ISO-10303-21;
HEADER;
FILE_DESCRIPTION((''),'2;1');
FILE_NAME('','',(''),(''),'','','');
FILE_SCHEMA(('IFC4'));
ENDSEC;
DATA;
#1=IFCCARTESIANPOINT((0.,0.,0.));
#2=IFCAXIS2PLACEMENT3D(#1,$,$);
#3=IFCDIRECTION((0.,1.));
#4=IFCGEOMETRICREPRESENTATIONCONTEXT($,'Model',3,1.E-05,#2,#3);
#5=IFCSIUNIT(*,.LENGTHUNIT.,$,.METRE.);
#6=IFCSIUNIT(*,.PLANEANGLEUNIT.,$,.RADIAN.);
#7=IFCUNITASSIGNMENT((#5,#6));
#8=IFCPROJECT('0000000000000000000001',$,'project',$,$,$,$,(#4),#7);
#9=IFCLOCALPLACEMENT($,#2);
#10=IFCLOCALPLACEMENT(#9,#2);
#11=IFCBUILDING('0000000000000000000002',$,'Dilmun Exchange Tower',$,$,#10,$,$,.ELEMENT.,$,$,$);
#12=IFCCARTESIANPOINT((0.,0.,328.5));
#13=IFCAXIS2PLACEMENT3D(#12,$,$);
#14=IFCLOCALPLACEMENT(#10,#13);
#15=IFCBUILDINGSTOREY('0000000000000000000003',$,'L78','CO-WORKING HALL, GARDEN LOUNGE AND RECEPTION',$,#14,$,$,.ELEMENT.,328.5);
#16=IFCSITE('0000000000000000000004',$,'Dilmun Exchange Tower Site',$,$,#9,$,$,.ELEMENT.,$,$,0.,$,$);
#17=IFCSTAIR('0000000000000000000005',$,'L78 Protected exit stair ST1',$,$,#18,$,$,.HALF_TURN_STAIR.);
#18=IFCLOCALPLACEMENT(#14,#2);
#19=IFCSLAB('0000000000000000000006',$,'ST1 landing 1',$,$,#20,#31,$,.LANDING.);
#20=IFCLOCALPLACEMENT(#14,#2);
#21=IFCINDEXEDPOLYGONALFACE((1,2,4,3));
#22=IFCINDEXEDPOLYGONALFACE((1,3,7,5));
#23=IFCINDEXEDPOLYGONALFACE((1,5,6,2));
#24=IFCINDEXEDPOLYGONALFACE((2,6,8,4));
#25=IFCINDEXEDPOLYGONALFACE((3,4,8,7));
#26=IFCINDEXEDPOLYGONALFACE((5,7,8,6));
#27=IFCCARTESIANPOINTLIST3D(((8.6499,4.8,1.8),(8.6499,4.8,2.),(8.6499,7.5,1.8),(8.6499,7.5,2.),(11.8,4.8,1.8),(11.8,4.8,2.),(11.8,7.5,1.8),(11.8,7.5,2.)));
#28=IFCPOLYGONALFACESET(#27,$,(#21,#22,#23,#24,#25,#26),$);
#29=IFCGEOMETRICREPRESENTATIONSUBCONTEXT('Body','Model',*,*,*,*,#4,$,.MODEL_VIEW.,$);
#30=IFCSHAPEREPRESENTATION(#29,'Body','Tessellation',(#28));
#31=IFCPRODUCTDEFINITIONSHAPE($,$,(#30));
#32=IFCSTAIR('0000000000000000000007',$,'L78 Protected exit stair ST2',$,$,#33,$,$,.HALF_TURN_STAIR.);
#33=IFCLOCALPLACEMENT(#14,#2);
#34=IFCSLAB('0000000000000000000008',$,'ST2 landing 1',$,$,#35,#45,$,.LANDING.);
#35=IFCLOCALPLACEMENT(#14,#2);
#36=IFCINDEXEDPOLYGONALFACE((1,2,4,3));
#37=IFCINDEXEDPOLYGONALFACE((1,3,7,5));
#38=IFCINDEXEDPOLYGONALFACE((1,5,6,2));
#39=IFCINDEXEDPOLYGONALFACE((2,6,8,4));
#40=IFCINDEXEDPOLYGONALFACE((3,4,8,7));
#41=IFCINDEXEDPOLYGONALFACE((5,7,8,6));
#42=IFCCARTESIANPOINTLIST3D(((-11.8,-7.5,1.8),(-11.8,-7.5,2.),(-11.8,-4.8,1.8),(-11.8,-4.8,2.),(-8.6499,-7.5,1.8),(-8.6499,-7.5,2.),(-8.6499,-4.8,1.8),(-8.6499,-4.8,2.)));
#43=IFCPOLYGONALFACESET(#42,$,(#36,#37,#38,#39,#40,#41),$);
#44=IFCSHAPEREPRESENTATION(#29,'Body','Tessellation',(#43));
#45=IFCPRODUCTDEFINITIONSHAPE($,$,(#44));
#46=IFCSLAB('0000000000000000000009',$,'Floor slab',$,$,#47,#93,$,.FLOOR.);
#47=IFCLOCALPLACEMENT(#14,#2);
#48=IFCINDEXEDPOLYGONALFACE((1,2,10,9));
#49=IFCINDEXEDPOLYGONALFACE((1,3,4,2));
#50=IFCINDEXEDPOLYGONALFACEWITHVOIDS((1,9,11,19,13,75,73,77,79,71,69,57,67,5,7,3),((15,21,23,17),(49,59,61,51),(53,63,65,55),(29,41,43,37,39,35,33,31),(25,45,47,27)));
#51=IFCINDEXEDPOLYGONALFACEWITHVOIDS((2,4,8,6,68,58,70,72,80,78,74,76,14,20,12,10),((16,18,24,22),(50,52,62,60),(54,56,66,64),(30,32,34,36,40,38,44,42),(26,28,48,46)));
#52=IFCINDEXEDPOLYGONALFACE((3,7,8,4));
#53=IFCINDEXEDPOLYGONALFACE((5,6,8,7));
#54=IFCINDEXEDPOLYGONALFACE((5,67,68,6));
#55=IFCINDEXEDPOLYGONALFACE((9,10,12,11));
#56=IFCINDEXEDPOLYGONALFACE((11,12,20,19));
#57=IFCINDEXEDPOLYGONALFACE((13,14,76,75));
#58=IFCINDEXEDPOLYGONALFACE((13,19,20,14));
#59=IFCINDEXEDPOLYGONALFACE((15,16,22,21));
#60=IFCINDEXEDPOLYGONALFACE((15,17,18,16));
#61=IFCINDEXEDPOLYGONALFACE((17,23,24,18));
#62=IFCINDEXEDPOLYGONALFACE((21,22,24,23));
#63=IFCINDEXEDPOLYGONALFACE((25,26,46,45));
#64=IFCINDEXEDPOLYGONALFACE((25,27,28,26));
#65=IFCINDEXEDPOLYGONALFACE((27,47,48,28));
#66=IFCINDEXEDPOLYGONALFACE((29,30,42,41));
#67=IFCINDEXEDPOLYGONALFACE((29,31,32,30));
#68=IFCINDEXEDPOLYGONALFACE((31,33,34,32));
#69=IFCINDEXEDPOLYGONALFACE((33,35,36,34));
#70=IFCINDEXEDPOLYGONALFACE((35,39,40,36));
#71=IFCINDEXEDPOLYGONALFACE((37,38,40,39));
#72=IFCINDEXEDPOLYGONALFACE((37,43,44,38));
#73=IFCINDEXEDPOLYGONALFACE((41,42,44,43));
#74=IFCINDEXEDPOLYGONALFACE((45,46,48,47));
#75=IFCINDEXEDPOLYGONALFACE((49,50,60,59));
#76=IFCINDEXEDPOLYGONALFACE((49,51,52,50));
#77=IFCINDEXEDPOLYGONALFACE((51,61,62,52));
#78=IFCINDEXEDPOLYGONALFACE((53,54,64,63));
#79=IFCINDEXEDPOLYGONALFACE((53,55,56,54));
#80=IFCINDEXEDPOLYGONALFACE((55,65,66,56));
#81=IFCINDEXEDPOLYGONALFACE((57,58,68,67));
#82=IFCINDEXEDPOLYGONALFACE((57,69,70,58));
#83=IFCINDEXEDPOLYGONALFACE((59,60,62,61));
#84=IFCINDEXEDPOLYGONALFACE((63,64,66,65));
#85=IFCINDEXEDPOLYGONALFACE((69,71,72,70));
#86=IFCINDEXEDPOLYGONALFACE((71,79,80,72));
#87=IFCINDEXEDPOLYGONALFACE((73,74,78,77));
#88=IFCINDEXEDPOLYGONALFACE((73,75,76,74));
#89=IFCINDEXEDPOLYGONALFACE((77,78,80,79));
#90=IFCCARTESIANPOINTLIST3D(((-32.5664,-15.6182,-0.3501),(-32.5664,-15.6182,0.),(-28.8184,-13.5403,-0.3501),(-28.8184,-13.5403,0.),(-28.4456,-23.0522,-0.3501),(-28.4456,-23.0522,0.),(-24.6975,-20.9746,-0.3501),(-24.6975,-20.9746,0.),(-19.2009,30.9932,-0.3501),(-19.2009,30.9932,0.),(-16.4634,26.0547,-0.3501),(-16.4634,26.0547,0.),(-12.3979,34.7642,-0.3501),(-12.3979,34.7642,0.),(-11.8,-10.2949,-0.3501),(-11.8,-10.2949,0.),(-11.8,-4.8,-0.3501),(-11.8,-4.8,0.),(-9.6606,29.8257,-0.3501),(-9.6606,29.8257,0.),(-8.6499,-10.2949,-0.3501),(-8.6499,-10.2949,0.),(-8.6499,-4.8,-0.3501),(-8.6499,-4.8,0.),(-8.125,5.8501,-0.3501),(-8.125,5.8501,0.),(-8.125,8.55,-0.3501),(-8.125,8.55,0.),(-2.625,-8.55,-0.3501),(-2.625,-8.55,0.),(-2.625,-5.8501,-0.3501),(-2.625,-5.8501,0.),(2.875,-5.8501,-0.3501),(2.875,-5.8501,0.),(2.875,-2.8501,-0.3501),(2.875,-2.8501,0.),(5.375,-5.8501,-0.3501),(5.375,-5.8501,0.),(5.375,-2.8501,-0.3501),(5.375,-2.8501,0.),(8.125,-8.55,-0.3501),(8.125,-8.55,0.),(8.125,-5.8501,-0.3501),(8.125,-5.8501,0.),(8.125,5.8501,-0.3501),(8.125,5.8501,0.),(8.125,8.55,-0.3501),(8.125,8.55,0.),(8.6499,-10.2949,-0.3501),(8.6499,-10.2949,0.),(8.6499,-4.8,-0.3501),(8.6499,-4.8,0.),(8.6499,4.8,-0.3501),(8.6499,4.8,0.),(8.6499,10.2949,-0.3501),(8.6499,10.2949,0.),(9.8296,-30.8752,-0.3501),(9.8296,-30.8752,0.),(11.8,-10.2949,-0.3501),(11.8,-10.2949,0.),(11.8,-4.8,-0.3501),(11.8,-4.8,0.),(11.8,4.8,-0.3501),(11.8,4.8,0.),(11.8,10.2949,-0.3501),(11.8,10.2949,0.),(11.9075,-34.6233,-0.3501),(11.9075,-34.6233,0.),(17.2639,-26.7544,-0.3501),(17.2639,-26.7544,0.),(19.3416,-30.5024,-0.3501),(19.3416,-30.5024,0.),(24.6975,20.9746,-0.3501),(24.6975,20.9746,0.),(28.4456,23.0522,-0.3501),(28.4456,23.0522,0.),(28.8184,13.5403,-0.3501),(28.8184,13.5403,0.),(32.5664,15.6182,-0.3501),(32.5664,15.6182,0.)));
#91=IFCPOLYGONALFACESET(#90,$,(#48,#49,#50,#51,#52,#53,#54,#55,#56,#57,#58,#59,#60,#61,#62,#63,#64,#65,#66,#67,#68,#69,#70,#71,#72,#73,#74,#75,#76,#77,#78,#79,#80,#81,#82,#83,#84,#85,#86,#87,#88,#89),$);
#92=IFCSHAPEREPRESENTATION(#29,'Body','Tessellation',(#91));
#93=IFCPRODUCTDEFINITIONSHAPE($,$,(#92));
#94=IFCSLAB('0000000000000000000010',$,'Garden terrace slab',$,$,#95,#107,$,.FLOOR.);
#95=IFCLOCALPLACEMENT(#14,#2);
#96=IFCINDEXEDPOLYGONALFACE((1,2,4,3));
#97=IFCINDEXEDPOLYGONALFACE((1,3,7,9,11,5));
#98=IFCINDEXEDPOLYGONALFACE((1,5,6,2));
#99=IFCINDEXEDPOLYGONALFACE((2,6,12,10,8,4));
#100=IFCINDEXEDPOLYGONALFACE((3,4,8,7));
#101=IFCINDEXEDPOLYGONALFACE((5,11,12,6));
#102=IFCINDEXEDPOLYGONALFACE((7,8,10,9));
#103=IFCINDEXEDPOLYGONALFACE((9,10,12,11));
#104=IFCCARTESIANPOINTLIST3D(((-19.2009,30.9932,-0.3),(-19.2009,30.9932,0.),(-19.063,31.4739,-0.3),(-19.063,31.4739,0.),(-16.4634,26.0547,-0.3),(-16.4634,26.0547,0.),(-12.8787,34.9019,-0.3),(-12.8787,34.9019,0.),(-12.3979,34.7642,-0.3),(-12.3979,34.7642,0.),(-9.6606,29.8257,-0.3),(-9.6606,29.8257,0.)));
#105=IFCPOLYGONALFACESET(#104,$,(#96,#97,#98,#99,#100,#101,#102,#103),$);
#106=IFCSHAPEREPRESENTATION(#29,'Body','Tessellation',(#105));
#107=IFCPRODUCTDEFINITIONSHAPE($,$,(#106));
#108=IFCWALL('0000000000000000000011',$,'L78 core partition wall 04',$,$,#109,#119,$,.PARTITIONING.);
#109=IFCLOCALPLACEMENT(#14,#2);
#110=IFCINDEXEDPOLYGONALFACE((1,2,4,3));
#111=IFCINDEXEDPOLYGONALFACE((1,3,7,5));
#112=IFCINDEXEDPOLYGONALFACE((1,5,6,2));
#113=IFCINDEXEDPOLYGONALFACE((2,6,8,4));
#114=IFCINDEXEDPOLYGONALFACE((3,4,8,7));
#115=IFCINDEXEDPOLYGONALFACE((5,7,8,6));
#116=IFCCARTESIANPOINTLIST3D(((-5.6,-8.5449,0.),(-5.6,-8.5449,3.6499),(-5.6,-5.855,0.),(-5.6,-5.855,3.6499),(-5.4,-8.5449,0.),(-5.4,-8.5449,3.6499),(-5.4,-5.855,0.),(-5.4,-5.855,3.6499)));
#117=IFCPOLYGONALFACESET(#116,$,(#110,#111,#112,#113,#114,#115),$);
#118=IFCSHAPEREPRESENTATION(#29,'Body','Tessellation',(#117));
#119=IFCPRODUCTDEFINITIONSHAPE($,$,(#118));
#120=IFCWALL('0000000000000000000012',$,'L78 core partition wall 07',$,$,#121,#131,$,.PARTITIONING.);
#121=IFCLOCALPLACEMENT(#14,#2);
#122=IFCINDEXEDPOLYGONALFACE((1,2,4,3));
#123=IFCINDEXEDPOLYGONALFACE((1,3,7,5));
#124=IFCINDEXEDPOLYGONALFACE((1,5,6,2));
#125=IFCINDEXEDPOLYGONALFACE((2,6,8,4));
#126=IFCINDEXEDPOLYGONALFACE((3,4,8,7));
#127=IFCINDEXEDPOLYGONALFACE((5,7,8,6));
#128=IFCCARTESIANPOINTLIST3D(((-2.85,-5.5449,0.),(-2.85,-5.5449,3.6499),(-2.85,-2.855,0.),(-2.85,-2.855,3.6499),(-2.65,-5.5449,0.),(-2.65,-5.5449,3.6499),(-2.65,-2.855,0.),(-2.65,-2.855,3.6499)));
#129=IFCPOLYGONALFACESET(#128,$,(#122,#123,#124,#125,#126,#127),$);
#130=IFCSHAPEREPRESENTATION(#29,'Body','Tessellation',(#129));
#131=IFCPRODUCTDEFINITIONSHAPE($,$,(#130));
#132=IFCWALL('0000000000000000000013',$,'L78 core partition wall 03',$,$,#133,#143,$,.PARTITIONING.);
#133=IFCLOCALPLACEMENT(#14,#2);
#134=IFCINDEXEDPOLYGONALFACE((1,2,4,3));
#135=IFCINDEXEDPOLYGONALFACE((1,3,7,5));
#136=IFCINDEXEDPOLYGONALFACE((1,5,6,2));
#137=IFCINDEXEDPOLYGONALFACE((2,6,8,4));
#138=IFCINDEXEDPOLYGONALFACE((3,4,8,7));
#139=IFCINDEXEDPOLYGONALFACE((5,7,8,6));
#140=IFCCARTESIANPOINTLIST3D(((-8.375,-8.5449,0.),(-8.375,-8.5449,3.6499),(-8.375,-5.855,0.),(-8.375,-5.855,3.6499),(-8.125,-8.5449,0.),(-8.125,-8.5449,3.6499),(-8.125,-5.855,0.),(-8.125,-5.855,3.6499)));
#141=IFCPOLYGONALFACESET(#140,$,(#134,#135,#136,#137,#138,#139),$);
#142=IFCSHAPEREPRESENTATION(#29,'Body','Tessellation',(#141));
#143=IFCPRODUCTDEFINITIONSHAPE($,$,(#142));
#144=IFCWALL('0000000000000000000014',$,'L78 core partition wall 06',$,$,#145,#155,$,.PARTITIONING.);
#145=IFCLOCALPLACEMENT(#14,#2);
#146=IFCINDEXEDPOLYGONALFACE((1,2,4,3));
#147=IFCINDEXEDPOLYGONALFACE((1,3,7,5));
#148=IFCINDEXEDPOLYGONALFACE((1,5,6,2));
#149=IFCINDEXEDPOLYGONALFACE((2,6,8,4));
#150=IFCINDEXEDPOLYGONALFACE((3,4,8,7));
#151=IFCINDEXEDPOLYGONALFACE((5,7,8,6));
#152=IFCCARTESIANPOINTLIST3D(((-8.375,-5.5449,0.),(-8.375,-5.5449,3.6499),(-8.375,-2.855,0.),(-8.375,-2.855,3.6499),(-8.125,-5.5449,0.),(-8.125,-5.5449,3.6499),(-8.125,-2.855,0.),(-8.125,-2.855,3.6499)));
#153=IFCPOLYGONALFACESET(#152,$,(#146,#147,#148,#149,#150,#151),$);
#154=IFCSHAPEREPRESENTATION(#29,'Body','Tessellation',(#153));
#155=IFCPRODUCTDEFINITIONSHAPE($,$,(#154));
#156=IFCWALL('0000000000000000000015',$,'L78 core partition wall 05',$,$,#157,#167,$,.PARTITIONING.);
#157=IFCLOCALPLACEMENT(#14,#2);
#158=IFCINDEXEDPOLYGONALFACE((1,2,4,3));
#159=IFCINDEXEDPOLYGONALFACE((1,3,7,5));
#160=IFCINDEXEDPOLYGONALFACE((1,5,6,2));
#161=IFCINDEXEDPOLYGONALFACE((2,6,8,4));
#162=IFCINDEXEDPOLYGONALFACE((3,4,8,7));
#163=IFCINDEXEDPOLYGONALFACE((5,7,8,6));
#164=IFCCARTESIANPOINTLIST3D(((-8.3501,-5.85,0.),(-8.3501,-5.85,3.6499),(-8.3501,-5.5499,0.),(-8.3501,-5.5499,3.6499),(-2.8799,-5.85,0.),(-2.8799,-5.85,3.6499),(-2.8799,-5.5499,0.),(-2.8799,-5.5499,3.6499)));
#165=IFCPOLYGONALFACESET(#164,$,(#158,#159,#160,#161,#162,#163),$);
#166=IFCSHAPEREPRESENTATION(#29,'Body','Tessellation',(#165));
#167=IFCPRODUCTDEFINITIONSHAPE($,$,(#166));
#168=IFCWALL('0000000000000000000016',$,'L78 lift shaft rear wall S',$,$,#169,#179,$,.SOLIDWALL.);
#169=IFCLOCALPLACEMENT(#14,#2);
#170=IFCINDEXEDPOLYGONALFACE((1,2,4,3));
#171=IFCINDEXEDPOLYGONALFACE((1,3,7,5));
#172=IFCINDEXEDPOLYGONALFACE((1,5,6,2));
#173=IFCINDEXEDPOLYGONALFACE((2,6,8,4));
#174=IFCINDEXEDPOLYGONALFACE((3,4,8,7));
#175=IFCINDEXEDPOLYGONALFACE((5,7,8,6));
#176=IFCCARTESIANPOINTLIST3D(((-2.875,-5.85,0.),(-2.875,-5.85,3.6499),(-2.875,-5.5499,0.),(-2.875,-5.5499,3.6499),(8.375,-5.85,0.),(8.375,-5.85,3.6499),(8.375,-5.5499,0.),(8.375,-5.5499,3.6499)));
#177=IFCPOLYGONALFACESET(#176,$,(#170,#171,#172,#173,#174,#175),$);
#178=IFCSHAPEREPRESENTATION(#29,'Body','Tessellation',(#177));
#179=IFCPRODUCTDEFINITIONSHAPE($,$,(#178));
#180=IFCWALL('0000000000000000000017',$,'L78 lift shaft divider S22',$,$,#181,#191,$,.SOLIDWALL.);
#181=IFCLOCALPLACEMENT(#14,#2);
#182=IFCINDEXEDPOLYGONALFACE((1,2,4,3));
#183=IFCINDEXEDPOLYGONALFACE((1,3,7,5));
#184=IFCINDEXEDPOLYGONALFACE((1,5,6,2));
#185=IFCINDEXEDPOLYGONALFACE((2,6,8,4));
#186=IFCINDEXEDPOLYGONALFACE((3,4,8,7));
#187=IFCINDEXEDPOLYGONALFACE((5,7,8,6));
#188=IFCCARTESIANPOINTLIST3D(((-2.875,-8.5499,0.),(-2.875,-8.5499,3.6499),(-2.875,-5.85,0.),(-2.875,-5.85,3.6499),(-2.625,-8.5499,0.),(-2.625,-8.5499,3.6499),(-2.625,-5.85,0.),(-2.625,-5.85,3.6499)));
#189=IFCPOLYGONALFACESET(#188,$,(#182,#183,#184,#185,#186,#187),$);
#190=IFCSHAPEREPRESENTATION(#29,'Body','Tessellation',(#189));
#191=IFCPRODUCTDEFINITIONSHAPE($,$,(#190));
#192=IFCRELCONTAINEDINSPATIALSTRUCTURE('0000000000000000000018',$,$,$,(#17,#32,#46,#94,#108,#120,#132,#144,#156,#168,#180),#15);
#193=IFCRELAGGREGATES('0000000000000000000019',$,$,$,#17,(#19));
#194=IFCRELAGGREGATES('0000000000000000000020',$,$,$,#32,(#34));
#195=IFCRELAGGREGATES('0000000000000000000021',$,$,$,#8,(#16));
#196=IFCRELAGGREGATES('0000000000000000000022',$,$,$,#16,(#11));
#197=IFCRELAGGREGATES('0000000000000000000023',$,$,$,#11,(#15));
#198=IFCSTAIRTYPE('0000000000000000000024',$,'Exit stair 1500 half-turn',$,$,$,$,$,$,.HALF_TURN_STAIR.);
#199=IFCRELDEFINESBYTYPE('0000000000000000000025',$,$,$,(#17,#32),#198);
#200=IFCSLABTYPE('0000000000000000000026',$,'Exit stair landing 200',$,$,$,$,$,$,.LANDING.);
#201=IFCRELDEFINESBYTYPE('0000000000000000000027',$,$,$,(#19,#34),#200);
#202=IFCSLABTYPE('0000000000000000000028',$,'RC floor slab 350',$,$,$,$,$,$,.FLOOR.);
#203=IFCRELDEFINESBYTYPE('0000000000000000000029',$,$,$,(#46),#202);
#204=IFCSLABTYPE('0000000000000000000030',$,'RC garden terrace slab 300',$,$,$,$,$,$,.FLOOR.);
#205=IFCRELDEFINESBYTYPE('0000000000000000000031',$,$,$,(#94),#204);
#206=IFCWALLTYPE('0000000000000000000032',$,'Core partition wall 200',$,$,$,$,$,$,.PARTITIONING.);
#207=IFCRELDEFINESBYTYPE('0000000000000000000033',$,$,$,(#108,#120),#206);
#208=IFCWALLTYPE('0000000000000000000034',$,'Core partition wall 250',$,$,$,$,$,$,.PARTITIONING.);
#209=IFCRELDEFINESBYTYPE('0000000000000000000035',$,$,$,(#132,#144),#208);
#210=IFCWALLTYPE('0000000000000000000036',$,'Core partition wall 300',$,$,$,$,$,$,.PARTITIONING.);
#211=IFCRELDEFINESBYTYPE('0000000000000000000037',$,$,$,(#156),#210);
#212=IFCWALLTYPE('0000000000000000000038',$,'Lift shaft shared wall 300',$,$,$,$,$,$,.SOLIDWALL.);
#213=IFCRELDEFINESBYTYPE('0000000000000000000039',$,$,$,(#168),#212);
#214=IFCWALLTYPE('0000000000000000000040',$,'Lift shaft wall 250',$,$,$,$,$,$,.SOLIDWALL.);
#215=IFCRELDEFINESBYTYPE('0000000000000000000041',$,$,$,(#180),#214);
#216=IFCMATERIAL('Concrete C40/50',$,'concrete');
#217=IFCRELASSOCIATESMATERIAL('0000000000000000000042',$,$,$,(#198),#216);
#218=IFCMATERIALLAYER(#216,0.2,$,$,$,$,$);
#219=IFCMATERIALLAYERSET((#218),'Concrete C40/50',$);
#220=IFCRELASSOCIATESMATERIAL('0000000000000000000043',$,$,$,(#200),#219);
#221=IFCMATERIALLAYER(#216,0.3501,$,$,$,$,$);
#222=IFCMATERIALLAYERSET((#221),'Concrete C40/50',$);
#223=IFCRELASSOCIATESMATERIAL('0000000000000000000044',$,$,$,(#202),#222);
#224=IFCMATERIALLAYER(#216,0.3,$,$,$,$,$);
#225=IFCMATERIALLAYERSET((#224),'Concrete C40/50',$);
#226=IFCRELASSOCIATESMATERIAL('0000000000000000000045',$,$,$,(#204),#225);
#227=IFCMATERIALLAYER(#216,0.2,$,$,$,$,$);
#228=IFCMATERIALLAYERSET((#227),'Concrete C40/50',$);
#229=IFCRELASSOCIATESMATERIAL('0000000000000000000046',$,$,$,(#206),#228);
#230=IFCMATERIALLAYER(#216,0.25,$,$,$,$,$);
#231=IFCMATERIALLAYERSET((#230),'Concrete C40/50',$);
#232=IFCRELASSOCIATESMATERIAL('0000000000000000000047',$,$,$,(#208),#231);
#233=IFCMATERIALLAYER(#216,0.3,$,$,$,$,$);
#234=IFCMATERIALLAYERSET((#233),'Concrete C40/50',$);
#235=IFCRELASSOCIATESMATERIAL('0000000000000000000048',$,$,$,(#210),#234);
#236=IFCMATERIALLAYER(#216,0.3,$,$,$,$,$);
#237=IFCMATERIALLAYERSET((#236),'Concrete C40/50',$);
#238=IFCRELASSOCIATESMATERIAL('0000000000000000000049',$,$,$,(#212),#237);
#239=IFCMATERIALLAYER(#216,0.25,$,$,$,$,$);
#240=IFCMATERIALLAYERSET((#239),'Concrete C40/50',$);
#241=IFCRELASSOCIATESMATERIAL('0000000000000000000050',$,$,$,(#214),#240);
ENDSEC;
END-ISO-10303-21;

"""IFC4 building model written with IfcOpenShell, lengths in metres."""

from ifc_helpers import new_model, si_unit, direction, frame, frame_2d, origin, place, context, subcontext, project, spatial, polyline, rectangle, outline, extrude, material, layer, layer_set, type_object, element, aggregate, save


model = new_model("IFC4")

# Units and contexts
model_context = context("Model", 3, precision=1e-05, world=origin(), true_north=direction((0.0, 1.0)))
body_context = subcontext(model_context, "Body", "Model", "MODEL_VIEW")
ifc_project = project(units=[si_unit("LENGTHUNIT", "METRE"), si_unit("PLANEANGLEUNIT", "RADIAN")], contexts=[model_context])

# Site, building, storey
site_placement = place(None, origin())
site = spatial("IfcSite", under=ifc_project, at=site_placement, Name="Dilmun Exchange Tower Site", CompositionType="ELEMENT", RefElevation=0.0)
building_placement = place(site_placement, origin())
building = spatial("IfcBuilding", under=site, at=building_placement, Name="Dilmun Exchange Tower", CompositionType="ELEMENT")
storey_placement = place(building_placement, frame((0.0, 0.0, 328.5)))
storey = spatial("IfcBuildingStorey", under=building, at=storey_placement, Name="L78", Description="CO-WORKING HALL, GARDEN LOUNGE AND RECEPTION", CompositionType="ELEMENT", Elevation=328.5)

# Stairs, slabs
ifc_material_1 = material(Name="Concrete C40/50", Category="concrete")
stair_type = type_object("IfcStairType", Name="Exit stair 1500 half-turn", PredefinedType="HALF_TURN_STAIR", material=ifc_material_1)
stair_1_placement = place(storey_placement, origin())
stair_1 = element("IfcStair", 1, at=stair_1_placement, inside=storey, type_object=stair_type, Name="L78 Protected exit stair ST1", PredefinedType="HALF_TURN_STAIR")
ifc_layer_1 = layer(ifc_material_1, 0.2)
ifc_layer_set_1 = layer_set([ifc_layer_1], Name="Concrete C40/50")
slab_type_1 = type_object("IfcSlabType", Name="Exit stair landing 200", PredefinedType="LANDING", material=ifc_layer_set_1)
slab_1_placement = place(storey_placement, frame((0.0, 0.0, 1.8)))
slab_1 = element("IfcSlab", 2, at=slab_1_placement, type_object=slab_type_1, Name="ST1 landing 1", PredefinedType="LANDING", context=body_context, shape_type="SweptSolid", body=[
    extrude(outline(polyline([(8.6499, 7.5), (8.6499, 4.8), (11.8, 4.8), (11.8, 7.5), (8.6499, 7.5)])), origin(), (0.0, 0.0, 1.0), 0.2),
])
aggregate(stair_1, [slab_1])
stair_2_placement = place(storey_placement, origin())
stair_2 = element("IfcStair", 3, at=stair_2_placement, inside=storey, type_object=stair_type, Name="L78 Protected exit stair ST2", PredefinedType="HALF_TURN_STAIR")
slab_2_placement = place(storey_placement, frame((0.0, 0.0, 1.8)))
slab_2 = element("IfcSlab", 4, at=slab_2_placement, type_object=slab_type_1, Name="ST2 landing 1", PredefinedType="LANDING", context=body_context, shape_type="SweptSolid", body=[
    extrude(outline(polyline([(-8.6499, -7.5), (-8.6499, -4.8), (-11.8, -4.8), (-11.8, -7.5), (-8.6499, -7.5)])), origin(), (0.0, 0.0, 1.0), 0.2),
])
aggregate(stair_2, [slab_2])

# Slabs
ifc_layer_2 = layer(ifc_material_1, 0.3501)
ifc_layer_set_2 = layer_set([ifc_layer_2], Name="Concrete C40/50")
slab_type_2 = type_object("IfcSlabType", Name="RC floor slab 350", PredefinedType="FLOOR", material=ifc_layer_set_2)
slab_3_placement = place(storey_placement, frame((0.0, 0.0, -0.3501)))
element("IfcSlab", 5, at=slab_3_placement, inside=storey, type_object=slab_type_2, Name="Floor slab", PredefinedType="FLOOR", context=body_context, shape_type="SweptSolid", body=[
    extrude(outline(polyline([(24.6975, 20.9746), (28.8184, 13.5403), (32.5664, 15.6182), (19.3416, -30.5024), (17.2639, -26.7544), (9.8296, -30.8752), (11.9075, -34.6233), (-28.4456, -23.0522), (-24.6975, -20.9746), (-28.8184, -13.5403), (-32.5664, -15.6182), (-19.2009, 30.9932), (-16.4634, 26.0547), (-9.6606, 29.8257), (-12.3979, 34.7642), (28.4456, 23.0522), (24.6975, 20.9746)]), holes=[polyline([(-8.6499, -4.8), (-11.8, -4.8), (-11.8, -10.2949), (-8.6499, -10.2949), (-8.6499, -4.8)]), polyline([(11.8, -4.8), (8.6499, -4.8), (8.6499, -10.2949), (11.8, -10.2949), (11.8, -4.8)]), polyline([(2.875, -5.8501), (-2.625, -5.8501), (-2.625, -8.55), (8.125, -8.55), (8.125, -5.8501), (5.375, -5.8501), (5.375, -2.8501), (2.875, -2.8501), (2.875, -5.8501)]), polyline([(8.125, 5.8501), (8.125, 8.55), (-8.125, 8.55), (-8.125, 5.8501), (8.125, 5.8501)]), polyline([(8.6499, 10.2949), (8.6499, 4.8), (11.8, 4.8), (11.8, 10.2949), (8.6499, 10.2949)])]), origin(), (0.0, 0.0, 1.0), 0.3501),
])
ifc_layer_3 = layer(ifc_material_1, 0.3)
ifc_layer_set_3 = layer_set([ifc_layer_3], Name="Concrete C40/50")
slab_type_3 = type_object("IfcSlabType", Name="RC garden terrace slab 300", PredefinedType="FLOOR", material=ifc_layer_set_3)
slab_4_placement = place(storey_placement, frame((0.0, 0.0, -0.3)))
element("IfcSlab", 6, at=slab_4_placement, inside=storey, type_object=slab_type_3, Name="Garden terrace slab", PredefinedType="FLOOR", context=body_context, shape_type="SweptSolid", body=[
    extrude(outline(polyline([(-16.4634, 26.0547), (-19.2009, 30.9932), (-19.063, 31.4739), (-12.8787, 34.9019), (-12.3979, 34.7642), (-9.6606, 29.8257), (-16.4634, 26.0547)])), origin(), (0.0, 0.0, 1.0), 0.3),
])

# Walls
ifc_layer_4 = layer(ifc_material_1, 0.2)
ifc_layer_set_4 = layer_set([ifc_layer_4], Name="Concrete C40/50")
wall_type_1 = type_object("IfcWallType", Name="Core partition wall 200", PredefinedType="PARTITIONING", material=ifc_layer_set_4)
for number, where, z_axis, x_axis, name in (
    (7, (-5.5, -8.5449, 0.0), (0.0, 0.0, 1.0), (0.0, 1.0, 0.0), "L78 core partition wall 04"),
    (8, (-2.75, -5.5449, 0.0), (0.0, 0.0, 1.0), (0.0, 1.0, 0.0), "L78 core partition wall 07"),
):
    element("IfcWall", number, at=place(storey_placement, frame(where, z_axis=z_axis, x_axis=x_axis)), inside=storey, type_object=wall_type_1, Name=name, PredefinedType="PARTITIONING", context=body_context, shape_type="SweptSolid", body=[
        extrude(rectangle(XDim=2.6899, YDim=0.2, at=frame_2d((1.345, 0.0))), origin(), (0.0, 0.0, 1.0), 3.6499),
    ])
ifc_layer_5 = layer(ifc_material_1, 0.25)
ifc_layer_set_5 = layer_set([ifc_layer_5], Name="Concrete C40/50")
wall_type_2 = type_object("IfcWallType", Name="Core partition wall 250", PredefinedType="PARTITIONING", material=ifc_layer_set_5)
for number, where, z_axis, x_axis, name in (
    (9, (-8.25, -8.5449, 0.0), (0.0, 0.0, 1.0), (0.0, 1.0, 0.0), "L78 core partition wall 03"),
    (10, (-8.25, -5.5449, 0.0), (0.0, 0.0, 1.0), (0.0, 1.0, 0.0), "L78 core partition wall 06"),
):
    element("IfcWall", number, at=place(storey_placement, frame(where, z_axis=z_axis, x_axis=x_axis)), inside=storey, type_object=wall_type_2, Name=name, PredefinedType="PARTITIONING", context=body_context, shape_type="SweptSolid", body=[
        extrude(rectangle(XDim=2.6899, YDim=0.25, at=frame_2d((1.345, 0.0))), origin(), (0.0, 0.0, 1.0), 3.6499),
    ])
ifc_layer_6 = layer(ifc_material_1, 0.3)
ifc_layer_set_6 = layer_set([ifc_layer_6], Name="Concrete C40/50")
wall_type_3 = type_object("IfcWallType", Name="Core partition wall 300", PredefinedType="PARTITIONING", material=ifc_layer_set_6)
wall_1_placement = place(storey_placement, frame((-8.3501, -5.7, 0.0), z_axis=(0.0, 0.0, 1.0), x_axis=(1.0, 0.0, 0.0)))
element("IfcWall", 11, at=wall_1_placement, inside=storey, type_object=wall_type_3, Name="L78 core partition wall 05", PredefinedType="PARTITIONING", context=body_context, shape_type="SweptSolid", body=[
    extrude(rectangle(XDim=5.4702, YDim=0.3, at=frame_2d((2.7351, 0.0))), origin(), (0.0, 0.0, 1.0), 3.6499),
])
ifc_layer_7 = layer(ifc_material_1, 0.3)
ifc_layer_set_7 = layer_set([ifc_layer_7], Name="Concrete C40/50")
wall_type_4 = type_object("IfcWallType", Name="Lift shaft shared wall 300", PredefinedType="SOLIDWALL", material=ifc_layer_set_7)
wall_2_placement = place(storey_placement, frame((-2.875, -5.7, 0.0), z_axis=(0.0, 0.0, 1.0), x_axis=(1.0, 0.0, 0.0)))
element("IfcWall", 12, at=wall_2_placement, inside=storey, type_object=wall_type_4, Name="L78 lift shaft rear wall S", PredefinedType="SOLIDWALL", context=body_context, shape_type="SweptSolid", body=[
    extrude(rectangle(XDim=11.25, YDim=0.3, at=frame_2d((5.625, 0.0))), origin(), (0.0, 0.0, 1.0), 3.6499),
])
ifc_layer_8 = layer(ifc_material_1, 0.25)
ifc_layer_set_8 = layer_set([ifc_layer_8], Name="Concrete C40/50")
wall_type_5 = type_object("IfcWallType", Name="Lift shaft wall 250", PredefinedType="SOLIDWALL", material=ifc_layer_set_8)
for number, where, z_axis, x_axis, name in (
    (13, (-2.75, -8.55, 0.0), (0.0, 0.0, 1.0), (0.0, 1.0, 0.0), "L78 lift shaft divider S22"),
):
    element("IfcWall", number, at=place(storey_placement, frame(where, z_axis=z_axis, x_axis=x_axis)), inside=storey, type_object=wall_type_5, Name=name, PredefinedType="SOLIDWALL", context=body_context, shape_type="SweptSolid", body=[
        extrude(rectangle(XDim=2.7, YDim=0.25, at=frame_2d((1.3501, 0.0))), origin(), (0.0, 0.0, 1.0), 3.6499),
    ])

save(model, "model.ifc")
